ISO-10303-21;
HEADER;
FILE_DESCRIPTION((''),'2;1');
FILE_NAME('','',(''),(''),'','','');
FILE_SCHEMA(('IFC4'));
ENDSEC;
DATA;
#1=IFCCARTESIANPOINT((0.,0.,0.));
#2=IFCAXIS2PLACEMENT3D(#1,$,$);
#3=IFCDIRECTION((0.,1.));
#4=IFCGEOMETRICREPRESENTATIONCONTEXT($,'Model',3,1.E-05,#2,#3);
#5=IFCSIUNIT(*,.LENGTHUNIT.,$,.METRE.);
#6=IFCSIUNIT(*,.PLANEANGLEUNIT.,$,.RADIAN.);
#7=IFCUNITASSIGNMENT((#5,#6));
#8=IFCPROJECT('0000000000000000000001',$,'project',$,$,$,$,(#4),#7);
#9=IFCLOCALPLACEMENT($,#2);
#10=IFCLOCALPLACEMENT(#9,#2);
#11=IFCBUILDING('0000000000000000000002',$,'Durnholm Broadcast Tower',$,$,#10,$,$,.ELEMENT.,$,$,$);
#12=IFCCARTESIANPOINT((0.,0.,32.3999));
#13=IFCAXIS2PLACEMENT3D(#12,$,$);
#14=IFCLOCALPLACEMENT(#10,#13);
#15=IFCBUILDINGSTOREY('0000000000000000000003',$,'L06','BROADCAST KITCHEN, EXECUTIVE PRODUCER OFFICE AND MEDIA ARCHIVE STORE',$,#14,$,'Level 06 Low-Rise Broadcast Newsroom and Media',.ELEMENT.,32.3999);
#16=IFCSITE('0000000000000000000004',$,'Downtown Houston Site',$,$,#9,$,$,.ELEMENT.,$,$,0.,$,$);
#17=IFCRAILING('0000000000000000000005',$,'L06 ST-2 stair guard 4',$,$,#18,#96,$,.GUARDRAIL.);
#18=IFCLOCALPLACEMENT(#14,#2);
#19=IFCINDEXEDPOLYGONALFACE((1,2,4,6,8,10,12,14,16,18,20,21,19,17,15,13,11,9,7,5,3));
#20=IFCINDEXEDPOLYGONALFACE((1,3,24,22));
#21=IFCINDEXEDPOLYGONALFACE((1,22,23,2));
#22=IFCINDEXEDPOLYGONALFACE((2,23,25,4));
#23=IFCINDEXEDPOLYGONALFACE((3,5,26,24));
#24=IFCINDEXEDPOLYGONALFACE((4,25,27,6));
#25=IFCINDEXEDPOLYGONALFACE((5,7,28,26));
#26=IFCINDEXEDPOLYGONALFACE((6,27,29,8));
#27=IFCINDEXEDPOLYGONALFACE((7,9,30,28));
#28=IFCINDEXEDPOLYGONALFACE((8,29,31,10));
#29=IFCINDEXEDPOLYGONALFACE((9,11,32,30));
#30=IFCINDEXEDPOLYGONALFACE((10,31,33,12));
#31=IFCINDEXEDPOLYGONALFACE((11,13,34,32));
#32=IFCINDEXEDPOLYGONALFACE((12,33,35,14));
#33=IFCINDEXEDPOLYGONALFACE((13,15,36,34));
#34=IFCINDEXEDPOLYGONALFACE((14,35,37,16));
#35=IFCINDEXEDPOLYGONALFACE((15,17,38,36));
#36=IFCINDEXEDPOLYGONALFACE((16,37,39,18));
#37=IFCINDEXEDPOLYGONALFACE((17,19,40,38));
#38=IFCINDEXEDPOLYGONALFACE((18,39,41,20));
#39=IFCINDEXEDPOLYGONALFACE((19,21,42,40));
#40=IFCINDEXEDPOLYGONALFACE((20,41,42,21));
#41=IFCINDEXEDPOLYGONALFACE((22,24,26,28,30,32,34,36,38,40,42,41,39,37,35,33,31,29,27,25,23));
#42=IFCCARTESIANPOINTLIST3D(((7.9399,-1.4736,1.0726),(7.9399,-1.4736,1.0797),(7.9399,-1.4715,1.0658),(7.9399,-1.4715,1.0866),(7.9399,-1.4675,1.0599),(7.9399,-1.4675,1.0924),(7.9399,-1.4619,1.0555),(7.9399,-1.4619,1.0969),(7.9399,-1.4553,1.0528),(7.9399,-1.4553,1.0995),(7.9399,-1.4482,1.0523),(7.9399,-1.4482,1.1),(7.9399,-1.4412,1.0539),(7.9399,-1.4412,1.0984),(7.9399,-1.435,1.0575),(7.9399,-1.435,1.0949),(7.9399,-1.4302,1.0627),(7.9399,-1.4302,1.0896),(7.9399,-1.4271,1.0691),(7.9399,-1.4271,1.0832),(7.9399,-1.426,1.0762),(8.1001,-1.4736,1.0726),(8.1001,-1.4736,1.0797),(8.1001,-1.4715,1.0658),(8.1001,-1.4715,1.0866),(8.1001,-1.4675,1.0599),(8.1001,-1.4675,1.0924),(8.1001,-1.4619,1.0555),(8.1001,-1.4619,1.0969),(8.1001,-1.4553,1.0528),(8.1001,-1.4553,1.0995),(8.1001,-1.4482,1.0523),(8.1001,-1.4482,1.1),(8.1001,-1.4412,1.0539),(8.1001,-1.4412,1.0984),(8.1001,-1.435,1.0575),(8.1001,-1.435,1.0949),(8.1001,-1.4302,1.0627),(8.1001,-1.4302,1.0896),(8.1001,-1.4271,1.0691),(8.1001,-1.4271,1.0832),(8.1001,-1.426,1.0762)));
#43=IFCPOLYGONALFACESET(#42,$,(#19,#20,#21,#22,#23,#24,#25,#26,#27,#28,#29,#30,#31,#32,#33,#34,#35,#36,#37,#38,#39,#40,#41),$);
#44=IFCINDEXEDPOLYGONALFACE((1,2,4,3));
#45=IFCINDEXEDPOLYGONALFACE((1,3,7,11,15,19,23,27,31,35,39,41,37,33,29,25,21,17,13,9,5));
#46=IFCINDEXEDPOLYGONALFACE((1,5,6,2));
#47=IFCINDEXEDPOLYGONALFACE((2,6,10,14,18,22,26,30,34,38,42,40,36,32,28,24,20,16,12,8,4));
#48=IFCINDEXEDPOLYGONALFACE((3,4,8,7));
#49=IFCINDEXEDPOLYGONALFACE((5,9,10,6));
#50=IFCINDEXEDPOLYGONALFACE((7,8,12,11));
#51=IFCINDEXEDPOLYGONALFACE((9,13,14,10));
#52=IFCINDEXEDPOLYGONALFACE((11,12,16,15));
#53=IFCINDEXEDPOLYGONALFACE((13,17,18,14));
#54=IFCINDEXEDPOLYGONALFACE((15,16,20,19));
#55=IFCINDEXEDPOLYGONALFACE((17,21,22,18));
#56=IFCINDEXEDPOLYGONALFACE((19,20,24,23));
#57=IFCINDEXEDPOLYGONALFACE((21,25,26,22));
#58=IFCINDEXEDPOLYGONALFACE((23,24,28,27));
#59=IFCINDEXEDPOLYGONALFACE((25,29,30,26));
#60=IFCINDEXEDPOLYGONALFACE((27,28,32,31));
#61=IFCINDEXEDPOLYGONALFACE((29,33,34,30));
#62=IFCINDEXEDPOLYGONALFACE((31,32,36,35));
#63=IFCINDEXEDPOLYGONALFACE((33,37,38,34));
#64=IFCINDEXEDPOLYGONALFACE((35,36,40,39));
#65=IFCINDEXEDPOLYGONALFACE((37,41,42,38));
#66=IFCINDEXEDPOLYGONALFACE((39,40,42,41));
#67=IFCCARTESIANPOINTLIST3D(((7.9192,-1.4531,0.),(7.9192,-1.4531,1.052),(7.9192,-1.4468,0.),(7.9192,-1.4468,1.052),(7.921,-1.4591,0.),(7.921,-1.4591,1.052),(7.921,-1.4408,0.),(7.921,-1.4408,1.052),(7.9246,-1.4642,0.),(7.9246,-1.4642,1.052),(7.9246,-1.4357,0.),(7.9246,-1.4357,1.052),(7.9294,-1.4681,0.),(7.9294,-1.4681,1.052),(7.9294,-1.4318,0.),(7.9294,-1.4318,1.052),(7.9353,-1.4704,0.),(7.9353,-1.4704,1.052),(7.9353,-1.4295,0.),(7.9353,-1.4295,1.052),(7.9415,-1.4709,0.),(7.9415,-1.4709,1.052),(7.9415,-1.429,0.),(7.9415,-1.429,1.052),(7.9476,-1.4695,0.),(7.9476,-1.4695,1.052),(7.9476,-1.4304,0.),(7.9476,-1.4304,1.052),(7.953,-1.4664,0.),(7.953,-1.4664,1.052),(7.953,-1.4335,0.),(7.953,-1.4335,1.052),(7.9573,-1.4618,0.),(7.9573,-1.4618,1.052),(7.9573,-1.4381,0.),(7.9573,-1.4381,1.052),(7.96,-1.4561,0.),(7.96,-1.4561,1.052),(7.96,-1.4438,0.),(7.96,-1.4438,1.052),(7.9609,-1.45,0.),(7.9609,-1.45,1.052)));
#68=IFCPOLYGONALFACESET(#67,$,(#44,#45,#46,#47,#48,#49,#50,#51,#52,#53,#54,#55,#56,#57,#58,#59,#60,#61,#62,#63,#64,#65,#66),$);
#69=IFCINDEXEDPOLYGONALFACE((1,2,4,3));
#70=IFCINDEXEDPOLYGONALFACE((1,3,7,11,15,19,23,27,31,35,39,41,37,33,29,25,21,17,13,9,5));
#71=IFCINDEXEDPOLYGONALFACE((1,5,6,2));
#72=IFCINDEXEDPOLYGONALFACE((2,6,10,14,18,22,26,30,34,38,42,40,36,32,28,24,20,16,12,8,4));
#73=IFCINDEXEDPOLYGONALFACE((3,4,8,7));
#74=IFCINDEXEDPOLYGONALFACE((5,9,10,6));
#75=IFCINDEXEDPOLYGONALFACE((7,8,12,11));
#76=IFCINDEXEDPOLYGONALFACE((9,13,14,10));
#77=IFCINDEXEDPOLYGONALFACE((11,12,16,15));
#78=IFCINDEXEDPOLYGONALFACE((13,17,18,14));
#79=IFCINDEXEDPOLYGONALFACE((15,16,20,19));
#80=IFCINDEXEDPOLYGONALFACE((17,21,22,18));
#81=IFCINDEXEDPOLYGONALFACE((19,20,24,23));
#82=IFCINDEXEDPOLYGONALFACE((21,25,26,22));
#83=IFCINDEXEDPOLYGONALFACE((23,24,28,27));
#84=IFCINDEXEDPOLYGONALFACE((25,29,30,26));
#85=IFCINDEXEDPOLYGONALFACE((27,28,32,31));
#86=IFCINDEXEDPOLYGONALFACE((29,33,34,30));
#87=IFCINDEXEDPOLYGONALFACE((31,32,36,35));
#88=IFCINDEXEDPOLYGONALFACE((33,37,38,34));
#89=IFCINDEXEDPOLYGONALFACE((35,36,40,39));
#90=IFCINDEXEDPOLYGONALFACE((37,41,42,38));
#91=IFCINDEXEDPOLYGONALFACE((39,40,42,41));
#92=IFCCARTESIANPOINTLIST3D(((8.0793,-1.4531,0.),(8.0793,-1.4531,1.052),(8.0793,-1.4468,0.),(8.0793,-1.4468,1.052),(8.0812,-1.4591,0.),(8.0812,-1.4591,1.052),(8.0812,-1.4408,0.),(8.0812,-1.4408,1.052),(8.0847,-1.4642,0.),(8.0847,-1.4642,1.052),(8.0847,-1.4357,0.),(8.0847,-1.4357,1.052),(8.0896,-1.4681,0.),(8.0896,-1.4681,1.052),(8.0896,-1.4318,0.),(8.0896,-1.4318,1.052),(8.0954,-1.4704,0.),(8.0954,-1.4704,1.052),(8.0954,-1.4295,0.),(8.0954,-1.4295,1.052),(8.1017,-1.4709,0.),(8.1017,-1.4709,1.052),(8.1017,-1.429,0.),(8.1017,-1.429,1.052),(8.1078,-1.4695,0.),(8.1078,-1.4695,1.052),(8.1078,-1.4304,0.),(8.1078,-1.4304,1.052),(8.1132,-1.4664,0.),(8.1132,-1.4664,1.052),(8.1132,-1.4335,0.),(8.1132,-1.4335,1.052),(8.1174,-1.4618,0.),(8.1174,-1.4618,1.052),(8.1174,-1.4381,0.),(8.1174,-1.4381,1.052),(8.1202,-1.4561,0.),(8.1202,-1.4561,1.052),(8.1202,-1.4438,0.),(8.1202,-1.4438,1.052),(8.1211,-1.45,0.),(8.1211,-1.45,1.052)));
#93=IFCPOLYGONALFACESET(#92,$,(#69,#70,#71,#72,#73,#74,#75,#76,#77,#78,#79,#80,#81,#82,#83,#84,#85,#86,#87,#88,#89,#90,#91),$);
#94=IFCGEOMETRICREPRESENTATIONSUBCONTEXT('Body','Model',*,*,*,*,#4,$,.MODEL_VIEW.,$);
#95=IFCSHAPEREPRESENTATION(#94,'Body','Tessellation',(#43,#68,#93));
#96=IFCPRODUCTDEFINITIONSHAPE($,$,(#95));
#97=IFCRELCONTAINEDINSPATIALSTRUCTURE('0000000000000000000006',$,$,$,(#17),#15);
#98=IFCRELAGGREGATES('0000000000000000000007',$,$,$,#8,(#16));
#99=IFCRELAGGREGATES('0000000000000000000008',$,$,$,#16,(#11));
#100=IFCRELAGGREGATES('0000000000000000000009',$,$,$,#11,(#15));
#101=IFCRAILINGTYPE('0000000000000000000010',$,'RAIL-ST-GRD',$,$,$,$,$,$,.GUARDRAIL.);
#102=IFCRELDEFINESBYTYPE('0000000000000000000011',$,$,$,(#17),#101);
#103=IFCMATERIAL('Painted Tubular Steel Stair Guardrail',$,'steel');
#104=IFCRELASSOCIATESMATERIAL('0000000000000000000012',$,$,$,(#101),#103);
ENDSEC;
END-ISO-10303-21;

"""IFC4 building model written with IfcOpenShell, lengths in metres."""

from ifc_helpers import new_model, si_unit, direction, frame, origin, origin_2d, place, context, subcontext, project, spatial, circle, extrude, material, type_object, element, save


model = new_model("IFC4")

# Units and contexts
model_context = context("Model", 3, precision=1e-05, world=origin(), true_north=direction((0.0, 1.0)))
body_context = subcontext(model_context, "Body", "Model", "MODEL_VIEW")
ifc_project = project(units=[si_unit("LENGTHUNIT", "METRE"), si_unit("PLANEANGLEUNIT", "RADIAN")], contexts=[model_context])

# Site, building, storey
site_placement = place(None, origin())
site = spatial("IfcSite", under=ifc_project, at=site_placement, Name="Downtown Houston Site", CompositionType="ELEMENT", RefElevation=0.0)
building_placement = place(site_placement, origin())
building = spatial("IfcBuilding", under=site, at=building_placement, Name="Durnholm Broadcast Tower", CompositionType="ELEMENT")
storey_placement = place(building_placement, frame((0.0, 0.0, 32.3999)))
storey = spatial("IfcBuildingStorey", under=building, at=storey_placement, Name="L06", Description="BROADCAST KITCHEN, EXECUTIVE PRODUCER OFFICE AND MEDIA ARCHIVE STORE", LongName="Level 06 Low-Rise Broadcast Newsroom and Media", CompositionType="ELEMENT", Elevation=32.3999)

# Railing
ifc_material_1 = material(Name="Painted Tubular Steel Stair Guardrail", Category="steel")
railing_type_1 = type_object("IfcRailingType", Name="RAIL-ST-GRD", PredefinedType="GUARDRAIL", material=ifc_material_1)
railing_1_placement = place(storey_placement, frame((7.9399, -1.45, 0.0)))
element("IfcRailing", 1, at=railing_1_placement, inside=storey, type_object=railing_type_1, Name="L06 ST-2 stair guard 4", PredefinedType="GUARDRAIL", context=body_context, shape_type="SweptSolid", body=[
    extrude(circle(Radius=0.0239, at=origin_2d()), frame((0.0, 0.0, 1.0762), z_axis=(1.0, 0.0, 0.0), x_axis=(0.0, 1.0, 0.0)), (0.0, 0.0, 1.0), 0.1602),
    extrude(circle(Radius=0.021, at=origin_2d()), origin(), (0.0, 0.0, 1.0), 1.052),
    extrude(circle(Radius=0.021, at=origin_2d()), frame((0.1602, 0.0, 0.0)), (0.0, 0.0, 1.0), 1.052),
])

save(model, "model.ifc")
